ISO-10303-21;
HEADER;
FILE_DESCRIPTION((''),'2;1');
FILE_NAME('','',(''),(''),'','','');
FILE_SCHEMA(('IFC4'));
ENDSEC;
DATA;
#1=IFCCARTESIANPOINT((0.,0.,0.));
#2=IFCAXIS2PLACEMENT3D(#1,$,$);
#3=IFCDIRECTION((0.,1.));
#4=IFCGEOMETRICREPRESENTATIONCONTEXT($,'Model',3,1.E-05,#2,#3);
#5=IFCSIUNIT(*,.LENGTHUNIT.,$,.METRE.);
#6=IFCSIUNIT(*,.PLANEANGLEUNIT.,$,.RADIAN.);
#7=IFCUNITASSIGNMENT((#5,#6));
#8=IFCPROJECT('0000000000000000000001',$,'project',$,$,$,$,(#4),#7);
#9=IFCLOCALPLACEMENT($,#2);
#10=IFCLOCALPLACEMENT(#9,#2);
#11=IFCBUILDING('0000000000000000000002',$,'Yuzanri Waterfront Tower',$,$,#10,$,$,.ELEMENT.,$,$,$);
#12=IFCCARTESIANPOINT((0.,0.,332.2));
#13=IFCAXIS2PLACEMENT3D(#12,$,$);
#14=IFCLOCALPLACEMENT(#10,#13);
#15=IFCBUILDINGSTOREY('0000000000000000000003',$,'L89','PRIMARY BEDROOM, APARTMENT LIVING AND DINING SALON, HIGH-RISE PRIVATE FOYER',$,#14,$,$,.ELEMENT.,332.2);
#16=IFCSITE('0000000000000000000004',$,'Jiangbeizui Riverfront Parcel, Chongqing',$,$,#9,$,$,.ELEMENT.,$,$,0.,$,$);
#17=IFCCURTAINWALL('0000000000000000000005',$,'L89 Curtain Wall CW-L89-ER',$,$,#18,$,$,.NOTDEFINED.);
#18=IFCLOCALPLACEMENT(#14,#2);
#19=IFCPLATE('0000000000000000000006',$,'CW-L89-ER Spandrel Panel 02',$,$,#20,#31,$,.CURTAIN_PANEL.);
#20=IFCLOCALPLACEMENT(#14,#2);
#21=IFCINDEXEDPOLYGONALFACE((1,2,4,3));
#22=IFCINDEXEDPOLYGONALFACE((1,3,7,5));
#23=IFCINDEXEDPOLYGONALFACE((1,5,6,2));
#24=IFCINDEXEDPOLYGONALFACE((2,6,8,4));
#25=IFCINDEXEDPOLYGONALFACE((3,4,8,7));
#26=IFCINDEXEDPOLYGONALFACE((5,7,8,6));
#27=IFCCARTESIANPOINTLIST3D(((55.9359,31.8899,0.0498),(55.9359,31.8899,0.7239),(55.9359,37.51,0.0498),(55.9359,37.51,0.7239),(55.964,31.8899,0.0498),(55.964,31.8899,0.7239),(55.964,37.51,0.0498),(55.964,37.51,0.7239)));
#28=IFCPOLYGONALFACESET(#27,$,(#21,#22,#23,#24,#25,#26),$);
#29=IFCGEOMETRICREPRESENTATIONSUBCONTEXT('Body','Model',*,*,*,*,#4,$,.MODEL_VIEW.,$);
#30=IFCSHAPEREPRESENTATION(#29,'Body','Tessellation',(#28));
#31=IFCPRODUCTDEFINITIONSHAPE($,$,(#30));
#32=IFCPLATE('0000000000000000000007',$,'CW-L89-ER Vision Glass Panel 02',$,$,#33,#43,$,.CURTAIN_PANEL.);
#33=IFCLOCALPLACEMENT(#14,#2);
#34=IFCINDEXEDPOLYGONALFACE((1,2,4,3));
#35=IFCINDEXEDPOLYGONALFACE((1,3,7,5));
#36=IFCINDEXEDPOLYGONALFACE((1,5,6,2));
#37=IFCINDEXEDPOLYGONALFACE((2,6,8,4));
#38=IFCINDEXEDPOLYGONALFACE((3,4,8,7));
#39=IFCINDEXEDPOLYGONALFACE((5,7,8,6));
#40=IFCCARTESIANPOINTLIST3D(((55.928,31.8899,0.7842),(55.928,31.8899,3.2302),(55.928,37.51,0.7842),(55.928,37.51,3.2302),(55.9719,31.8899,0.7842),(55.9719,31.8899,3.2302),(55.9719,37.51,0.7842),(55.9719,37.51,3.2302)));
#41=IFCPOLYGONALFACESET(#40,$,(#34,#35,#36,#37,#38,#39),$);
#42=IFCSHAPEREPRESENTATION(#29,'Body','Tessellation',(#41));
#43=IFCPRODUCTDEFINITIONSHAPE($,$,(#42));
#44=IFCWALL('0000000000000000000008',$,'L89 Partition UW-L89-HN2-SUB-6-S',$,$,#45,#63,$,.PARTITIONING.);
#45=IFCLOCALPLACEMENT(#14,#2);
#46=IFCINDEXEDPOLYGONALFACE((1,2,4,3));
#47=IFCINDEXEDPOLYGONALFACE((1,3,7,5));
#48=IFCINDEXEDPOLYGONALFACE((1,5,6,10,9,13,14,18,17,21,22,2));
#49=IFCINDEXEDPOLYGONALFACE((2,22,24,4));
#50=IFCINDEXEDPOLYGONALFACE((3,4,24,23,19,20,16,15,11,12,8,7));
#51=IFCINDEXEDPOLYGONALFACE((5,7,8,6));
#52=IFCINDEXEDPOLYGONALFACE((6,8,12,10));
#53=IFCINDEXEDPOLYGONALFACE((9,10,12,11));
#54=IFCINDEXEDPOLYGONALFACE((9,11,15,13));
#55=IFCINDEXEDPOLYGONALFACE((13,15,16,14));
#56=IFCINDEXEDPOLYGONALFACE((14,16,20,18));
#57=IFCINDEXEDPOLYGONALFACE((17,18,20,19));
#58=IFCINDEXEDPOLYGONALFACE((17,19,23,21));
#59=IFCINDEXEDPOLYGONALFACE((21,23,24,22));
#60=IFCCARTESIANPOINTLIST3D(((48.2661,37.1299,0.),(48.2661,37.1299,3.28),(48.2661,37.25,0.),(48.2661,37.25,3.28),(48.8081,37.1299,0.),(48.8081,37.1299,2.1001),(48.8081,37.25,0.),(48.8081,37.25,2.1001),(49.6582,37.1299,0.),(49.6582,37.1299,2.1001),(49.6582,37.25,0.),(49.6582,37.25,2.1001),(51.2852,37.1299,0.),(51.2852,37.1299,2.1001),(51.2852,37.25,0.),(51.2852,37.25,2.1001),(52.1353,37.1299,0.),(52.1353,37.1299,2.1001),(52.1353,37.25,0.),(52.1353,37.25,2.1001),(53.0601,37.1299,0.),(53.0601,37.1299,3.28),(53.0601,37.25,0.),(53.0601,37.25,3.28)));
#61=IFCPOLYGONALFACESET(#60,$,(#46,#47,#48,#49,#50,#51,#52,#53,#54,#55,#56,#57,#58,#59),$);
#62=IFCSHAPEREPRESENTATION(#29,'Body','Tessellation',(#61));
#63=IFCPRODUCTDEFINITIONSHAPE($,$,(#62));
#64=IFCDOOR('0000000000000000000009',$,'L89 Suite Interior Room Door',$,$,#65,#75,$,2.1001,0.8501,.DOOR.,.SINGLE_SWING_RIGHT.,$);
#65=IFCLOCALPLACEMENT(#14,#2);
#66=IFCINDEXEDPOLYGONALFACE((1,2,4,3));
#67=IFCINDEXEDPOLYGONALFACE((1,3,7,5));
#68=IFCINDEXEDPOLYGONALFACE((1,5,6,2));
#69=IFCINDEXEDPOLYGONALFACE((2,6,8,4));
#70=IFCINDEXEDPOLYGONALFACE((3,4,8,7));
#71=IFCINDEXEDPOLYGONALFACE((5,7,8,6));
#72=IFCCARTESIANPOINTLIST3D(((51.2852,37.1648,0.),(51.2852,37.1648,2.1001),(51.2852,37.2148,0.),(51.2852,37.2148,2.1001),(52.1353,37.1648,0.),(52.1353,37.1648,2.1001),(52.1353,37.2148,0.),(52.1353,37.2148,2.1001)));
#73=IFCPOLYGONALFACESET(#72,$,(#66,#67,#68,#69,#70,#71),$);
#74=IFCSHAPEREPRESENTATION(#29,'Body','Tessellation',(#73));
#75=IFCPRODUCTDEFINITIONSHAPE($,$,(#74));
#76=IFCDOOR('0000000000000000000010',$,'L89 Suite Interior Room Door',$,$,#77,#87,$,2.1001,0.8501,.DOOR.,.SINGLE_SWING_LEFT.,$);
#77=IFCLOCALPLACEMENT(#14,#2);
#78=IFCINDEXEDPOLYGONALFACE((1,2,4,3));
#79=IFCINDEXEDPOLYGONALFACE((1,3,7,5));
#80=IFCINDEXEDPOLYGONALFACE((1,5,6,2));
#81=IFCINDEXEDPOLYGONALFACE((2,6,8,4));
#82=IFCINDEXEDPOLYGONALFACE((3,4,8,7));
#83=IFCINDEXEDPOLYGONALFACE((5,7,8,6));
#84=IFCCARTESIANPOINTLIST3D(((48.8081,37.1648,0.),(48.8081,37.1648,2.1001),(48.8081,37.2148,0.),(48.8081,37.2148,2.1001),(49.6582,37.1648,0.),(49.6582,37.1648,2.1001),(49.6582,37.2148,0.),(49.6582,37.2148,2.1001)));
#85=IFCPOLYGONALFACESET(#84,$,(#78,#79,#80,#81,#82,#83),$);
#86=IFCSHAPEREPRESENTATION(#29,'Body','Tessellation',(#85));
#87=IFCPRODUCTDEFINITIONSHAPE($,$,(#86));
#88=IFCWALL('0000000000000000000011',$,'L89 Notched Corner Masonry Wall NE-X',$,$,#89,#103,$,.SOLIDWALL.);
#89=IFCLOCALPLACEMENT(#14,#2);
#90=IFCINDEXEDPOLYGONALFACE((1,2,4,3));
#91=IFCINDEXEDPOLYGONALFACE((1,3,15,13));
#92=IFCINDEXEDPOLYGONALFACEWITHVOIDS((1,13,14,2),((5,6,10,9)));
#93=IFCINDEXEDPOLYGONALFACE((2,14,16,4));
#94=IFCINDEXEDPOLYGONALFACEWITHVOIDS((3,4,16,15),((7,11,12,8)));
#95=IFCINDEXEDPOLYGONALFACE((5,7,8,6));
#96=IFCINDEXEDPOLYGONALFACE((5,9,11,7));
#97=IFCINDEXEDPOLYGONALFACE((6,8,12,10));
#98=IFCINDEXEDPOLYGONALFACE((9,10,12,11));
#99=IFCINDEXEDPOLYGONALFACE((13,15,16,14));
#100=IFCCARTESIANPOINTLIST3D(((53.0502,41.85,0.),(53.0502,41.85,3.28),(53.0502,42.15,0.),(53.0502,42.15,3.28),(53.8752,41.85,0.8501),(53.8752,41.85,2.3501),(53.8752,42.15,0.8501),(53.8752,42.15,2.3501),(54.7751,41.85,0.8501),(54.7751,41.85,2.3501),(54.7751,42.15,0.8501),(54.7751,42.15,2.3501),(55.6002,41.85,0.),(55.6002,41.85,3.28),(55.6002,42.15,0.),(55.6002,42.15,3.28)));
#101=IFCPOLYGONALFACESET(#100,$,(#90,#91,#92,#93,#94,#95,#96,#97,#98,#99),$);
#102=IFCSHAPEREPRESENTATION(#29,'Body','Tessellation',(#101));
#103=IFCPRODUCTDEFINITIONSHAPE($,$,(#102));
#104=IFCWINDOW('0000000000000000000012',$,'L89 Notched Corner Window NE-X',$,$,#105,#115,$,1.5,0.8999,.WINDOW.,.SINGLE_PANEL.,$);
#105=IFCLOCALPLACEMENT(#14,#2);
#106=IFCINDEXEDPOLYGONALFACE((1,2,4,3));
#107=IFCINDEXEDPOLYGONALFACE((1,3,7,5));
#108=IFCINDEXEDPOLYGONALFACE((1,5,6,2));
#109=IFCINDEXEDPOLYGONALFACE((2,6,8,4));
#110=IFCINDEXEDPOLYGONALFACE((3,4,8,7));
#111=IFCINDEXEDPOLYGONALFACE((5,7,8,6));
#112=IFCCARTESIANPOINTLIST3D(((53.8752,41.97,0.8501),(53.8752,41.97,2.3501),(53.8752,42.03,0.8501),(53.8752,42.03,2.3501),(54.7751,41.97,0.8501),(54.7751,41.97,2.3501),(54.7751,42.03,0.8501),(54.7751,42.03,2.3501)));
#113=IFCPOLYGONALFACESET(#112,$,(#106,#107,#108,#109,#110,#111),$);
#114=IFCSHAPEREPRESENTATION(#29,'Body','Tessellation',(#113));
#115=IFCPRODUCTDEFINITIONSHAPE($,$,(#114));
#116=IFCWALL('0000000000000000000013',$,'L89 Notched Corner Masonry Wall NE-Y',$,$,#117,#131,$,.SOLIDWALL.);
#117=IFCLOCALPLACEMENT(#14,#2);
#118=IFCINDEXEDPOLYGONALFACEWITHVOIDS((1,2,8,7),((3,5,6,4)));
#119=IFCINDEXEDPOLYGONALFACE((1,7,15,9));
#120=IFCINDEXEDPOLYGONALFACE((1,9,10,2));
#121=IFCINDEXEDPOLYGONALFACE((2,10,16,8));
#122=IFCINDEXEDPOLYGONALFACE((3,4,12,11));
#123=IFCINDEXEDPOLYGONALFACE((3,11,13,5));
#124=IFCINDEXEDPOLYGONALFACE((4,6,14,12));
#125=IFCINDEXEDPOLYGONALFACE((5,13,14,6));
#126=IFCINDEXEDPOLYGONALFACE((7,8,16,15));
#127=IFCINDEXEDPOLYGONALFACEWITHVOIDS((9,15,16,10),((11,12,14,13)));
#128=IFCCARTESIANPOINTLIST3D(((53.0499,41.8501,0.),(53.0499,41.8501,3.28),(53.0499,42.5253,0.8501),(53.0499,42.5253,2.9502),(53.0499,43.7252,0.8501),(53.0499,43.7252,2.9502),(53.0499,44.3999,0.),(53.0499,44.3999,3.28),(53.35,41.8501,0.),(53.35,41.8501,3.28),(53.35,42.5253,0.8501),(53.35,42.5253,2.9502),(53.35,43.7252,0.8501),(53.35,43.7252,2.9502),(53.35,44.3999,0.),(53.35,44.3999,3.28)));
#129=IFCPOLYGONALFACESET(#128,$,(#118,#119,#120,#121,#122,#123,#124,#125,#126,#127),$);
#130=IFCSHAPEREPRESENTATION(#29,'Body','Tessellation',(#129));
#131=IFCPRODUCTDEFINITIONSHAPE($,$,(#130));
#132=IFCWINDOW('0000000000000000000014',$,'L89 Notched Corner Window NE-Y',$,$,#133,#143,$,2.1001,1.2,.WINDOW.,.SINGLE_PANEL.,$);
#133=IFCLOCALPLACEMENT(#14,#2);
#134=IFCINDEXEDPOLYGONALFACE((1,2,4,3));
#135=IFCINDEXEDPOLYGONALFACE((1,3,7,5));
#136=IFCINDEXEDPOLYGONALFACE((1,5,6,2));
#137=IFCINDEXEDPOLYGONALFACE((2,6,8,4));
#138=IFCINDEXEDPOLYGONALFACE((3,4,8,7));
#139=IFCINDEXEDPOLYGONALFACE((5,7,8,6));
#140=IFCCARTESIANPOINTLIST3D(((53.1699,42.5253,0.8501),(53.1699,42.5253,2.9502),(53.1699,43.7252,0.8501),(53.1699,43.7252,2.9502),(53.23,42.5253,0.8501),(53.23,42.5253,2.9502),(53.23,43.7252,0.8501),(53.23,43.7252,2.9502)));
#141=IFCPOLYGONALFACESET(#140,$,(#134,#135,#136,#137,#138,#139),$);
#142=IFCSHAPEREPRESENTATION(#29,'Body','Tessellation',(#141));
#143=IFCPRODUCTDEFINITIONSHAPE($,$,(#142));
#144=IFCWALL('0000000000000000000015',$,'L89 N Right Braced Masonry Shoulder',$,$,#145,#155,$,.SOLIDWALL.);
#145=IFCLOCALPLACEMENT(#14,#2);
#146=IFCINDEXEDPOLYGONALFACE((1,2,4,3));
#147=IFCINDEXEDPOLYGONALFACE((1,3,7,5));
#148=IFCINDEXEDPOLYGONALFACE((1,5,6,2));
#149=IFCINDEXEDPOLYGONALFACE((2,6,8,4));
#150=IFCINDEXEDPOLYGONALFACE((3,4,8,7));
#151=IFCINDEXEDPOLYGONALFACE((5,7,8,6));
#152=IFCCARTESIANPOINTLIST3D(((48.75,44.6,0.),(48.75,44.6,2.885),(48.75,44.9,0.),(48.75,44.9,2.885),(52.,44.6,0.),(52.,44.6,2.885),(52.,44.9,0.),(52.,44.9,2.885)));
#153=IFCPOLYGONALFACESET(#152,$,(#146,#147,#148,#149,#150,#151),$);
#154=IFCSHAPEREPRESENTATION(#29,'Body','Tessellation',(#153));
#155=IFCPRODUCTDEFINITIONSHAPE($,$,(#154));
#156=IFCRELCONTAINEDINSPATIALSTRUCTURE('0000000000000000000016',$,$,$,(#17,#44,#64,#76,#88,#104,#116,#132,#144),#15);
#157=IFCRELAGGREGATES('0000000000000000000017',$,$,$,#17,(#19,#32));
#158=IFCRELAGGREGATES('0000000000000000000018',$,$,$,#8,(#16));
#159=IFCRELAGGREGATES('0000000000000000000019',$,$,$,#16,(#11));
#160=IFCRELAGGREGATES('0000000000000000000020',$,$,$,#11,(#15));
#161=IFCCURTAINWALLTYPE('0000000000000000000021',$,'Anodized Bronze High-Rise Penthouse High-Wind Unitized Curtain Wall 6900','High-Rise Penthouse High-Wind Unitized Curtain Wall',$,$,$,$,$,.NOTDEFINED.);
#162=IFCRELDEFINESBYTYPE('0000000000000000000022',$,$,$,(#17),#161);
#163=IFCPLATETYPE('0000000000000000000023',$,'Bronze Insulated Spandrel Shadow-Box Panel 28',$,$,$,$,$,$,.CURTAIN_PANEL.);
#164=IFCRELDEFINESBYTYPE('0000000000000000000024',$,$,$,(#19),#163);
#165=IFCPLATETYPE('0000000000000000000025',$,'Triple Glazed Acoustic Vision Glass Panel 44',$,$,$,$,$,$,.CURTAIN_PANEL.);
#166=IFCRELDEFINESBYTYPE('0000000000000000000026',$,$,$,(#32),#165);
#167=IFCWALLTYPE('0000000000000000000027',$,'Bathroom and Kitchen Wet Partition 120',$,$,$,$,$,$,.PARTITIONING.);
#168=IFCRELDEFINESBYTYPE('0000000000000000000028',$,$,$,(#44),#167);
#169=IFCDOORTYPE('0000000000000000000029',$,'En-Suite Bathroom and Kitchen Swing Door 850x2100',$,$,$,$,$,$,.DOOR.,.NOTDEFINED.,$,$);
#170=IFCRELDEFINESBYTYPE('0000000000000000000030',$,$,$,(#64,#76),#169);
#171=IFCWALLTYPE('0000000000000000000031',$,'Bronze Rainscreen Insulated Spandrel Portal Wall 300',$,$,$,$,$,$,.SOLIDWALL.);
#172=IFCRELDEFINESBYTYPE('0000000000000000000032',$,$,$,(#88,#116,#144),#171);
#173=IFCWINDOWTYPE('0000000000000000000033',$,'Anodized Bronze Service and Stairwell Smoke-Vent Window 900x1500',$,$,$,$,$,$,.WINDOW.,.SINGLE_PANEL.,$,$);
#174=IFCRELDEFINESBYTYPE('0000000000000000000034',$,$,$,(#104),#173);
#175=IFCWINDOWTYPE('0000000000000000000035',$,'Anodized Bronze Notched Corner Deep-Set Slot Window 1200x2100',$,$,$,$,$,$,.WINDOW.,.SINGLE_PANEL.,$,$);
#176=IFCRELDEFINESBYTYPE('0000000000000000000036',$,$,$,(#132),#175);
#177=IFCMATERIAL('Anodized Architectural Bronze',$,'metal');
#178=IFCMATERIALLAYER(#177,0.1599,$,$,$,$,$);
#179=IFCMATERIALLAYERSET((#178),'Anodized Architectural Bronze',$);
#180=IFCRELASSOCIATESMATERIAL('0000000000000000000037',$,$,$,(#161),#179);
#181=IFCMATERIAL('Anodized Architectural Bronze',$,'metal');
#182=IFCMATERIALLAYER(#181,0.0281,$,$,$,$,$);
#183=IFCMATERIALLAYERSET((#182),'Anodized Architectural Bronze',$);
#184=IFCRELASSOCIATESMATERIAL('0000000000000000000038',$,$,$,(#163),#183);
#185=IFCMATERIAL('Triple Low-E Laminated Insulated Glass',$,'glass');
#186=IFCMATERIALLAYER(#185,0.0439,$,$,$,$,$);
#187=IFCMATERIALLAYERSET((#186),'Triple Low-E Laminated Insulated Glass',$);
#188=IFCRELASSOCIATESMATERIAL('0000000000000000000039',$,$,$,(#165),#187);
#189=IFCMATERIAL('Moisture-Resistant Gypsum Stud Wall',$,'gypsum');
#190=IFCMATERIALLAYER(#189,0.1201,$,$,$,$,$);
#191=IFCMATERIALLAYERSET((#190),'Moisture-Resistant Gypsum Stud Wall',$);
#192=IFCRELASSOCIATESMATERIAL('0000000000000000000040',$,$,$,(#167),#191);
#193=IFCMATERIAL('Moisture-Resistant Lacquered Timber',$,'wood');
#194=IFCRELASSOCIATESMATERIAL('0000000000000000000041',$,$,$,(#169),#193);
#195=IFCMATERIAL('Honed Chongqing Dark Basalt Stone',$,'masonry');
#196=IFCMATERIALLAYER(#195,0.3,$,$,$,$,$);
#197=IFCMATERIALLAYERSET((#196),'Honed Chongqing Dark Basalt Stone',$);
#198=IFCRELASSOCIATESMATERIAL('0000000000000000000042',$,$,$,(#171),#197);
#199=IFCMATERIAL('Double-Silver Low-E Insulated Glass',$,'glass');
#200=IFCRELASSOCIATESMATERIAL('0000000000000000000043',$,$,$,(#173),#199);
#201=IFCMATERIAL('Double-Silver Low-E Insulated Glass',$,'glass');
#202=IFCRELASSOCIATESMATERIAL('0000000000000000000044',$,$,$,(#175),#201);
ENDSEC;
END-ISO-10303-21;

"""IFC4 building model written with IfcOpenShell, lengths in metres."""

from ifc_helpers import new_model, si_unit, direction, frame, frame_2d, origin, origin_2d, place, context, subcontext, project, spatial, rectangle, extrude, source, transform, mapped, material, layer, layer_set, type_object, element, fill, aggregate, save


model = new_model("IFC4")

# Units and contexts
model_context = context("Model", 3, precision=1e-05, world=origin(), true_north=direction((0.0, 1.0)))
body_context = subcontext(model_context, "Body", "Model", "MODEL_VIEW")
ifc_project = project(units=[si_unit("LENGTHUNIT", "METRE"), si_unit("PLANEANGLEUNIT", "RADIAN")], contexts=[model_context])

# Site, building, storey
site_placement = place(None, origin())
site = spatial("IfcSite", under=ifc_project, at=site_placement, Name="Jiangbeizui Riverfront Parcel, Chongqing", CompositionType="ELEMENT", RefElevation=0.0)
building_placement = place(site_placement, origin())
building = spatial("IfcBuilding", under=site, at=building_placement, Name="Yuzanri Waterfront Tower", CompositionType="ELEMENT")
storey_placement = place(building_placement, frame((0.0, 0.0, 332.2)))
storey = spatial("IfcBuildingStorey", under=building, at=storey_placement, Name="L89", Description="PRIMARY BEDROOM, APARTMENT LIVING AND DINING SALON, HIGH-RISE PRIVATE FOYER", CompositionType="ELEMENT", Elevation=332.2)

# Curtain wall
ifc_material_1 = material(Name="Anodized Architectural Bronze", Category="metal")
ifc_layer_1 = layer(ifc_material_1, 0.1599)
ifc_layer_set_1 = layer_set([ifc_layer_1], Name="Anodized Architectural Bronze")
curtain_wall_type = type_object("IfcCurtainWallType", Name="Anodized Bronze High-Rise Penthouse High-Wind Unitized Curtain Wall 6900", Description="High-Rise Penthouse High-Wind Unitized Curtain Wall", PredefinedType="NOTDEFINED", material=ifc_layer_set_1)
curtain_wall_1_placement = place(storey_placement, origin())
curtain_wall_1 = element("IfcCurtainWall", 1, at=curtain_wall_1_placement, inside=storey, type_object=curtain_wall_type, Name="L89 Curtain Wall CW-L89-ER", PredefinedType="NOTDEFINED")

# Plates
ifc_material_2 = material(Name="Anodized Architectural Bronze", Category="metal")
ifc_layer_2 = layer(ifc_material_2, 0.0281)
ifc_layer_set_2 = layer_set([ifc_layer_2], Name="Anodized Architectural Bronze")
plate_type_1 = type_object("IfcPlateType", Name="Bronze Insulated Spandrel Shadow-Box Panel 28", PredefinedType="CURTAIN_PANEL", material=ifc_layer_set_2)
shared_shape_1 = source(origin(), body_context, "Body", "SweptSolid", [
    extrude(rectangle(XDim=5.6201, YDim=0.0281, at=origin_2d()), origin(), (0.0, 0.0, 1.0), 0.6741),
])
plate_1_placement = place(storey_placement, frame((55.95, 34.7, 0.0498), z_axis=(0.0, 0.0, 1.0), x_axis=(0.0, 1.0, 0.0)))
plate_1 = element("IfcPlate", 2, at=plate_1_placement, type_object=plate_type_1, Name="CW-L89-ER Spandrel Panel 02", PredefinedType="CURTAIN_PANEL", context=body_context, shape_type="MappedRepresentation", body=[
    mapped(shared_shape_1, transform((0.0, 0.0, 0.0), scale=1.0)),
])
ifc_material_3 = material(Name="Triple Low-E Laminated Insulated Glass", Category="glass")
ifc_layer_3 = layer(ifc_material_3, 0.0439)
ifc_layer_set_3 = layer_set([ifc_layer_3], Name="Triple Low-E Laminated Insulated Glass")
plate_type_2 = type_object("IfcPlateType", Name="Triple Glazed Acoustic Vision Glass Panel 44", PredefinedType="CURTAIN_PANEL", material=ifc_layer_set_3)
shared_shape_2 = source(origin(), body_context, "Body", "SweptSolid", [
    extrude(rectangle(XDim=5.6201, YDim=0.0439, at=origin_2d()), origin(), (0.0, 0.0, 1.0), 2.446),
])
plate_2_placement = place(storey_placement, frame((55.95, 34.7, 0.7842), z_axis=(0.0, 0.0, 1.0), x_axis=(0.0, 1.0, 0.0)))
plate_2 = element("IfcPlate", 3, at=plate_2_placement, type_object=plate_type_2, Name="CW-L89-ER Vision Glass Panel 02", PredefinedType="CURTAIN_PANEL", context=body_context, shape_type="MappedRepresentation", body=[
    mapped(shared_shape_2, transform((0.0, 0.0, 0.0), scale=1.0)),
])
aggregate(curtain_wall_1, [plate_1, plate_2])

# Wall, openings, doors
ifc_material_4 = material(Name="Moisture-Resistant Gypsum Stud Wall", Category="gypsum")
ifc_layer_4 = layer(ifc_material_4, 0.1201)
ifc_layer_set_4 = layer_set([ifc_layer_4], Name="Moisture-Resistant Gypsum Stud Wall")
wall_type_1 = type_object("IfcWallType", Name="Bathroom and Kitchen Wet Partition 120", PredefinedType="PARTITIONING", material=ifc_layer_set_4)
wall_1_placement = place(storey_placement, frame((48.2661, 37.1899, 0.0), z_axis=(0.0, 0.0, 1.0), x_axis=(1.0, 0.0, 0.0)))
wall_1 = element("IfcWall", 4, at=wall_1_placement, inside=storey, type_object=wall_type_1, Name="L89 Partition UW-L89-HN2-SUB-6-S", PredefinedType="PARTITIONING", context=body_context, shape_type="SweptSolid", body=[
    extrude(rectangle(XDim=4.7939, YDim=0.1201, at=frame_2d((2.397, 0.0))), origin(), (0.0, 0.0, 1.0), 3.28),
])
opening_1_placement = place(wall_1_placement, frame((3.019, 0.0, 0.0)))
opening_1 = element("IfcOpeningElement", 5, at=opening_1_placement, cuts=wall_1, PredefinedType="OPENING", context=body_context, shape_type="SweptSolid", body=[
    extrude(rectangle(XDim=0.8501, YDim=2.1001, at=frame_2d((0.425, 1.05))), frame((0.0, 0.075, 0.0), z_axis=(0.0, -1.0, 0.0), x_axis=(1.0, 0.0, 0.0)), (0.0, 0.0, 1.0), 0.1499),
])
opening_2_placement = place(wall_1_placement, frame((0.542, 0.0, 0.0)))
opening_2 = element("IfcOpeningElement", 6, at=opening_2_placement, cuts=wall_1, PredefinedType="OPENING", context=body_context, shape_type="SweptSolid", body=[
    extrude(rectangle(XDim=0.8501, YDim=2.1001, at=frame_2d((0.425, 1.05))), frame((0.0, 0.075, 0.0), z_axis=(0.0, -1.0, 0.0), x_axis=(1.0, 0.0, 0.0)), (0.0, 0.0, 1.0), 0.1499),
])
ifc_material_5 = material(Name="Moisture-Resistant Lacquered Timber", Category="wood")
door_type = type_object("IfcDoorType", Name="En-Suite Bathroom and Kitchen Swing Door 850x2100", OperationType="NOTDEFINED", PredefinedType="DOOR", material=ifc_material_5)
shared_shape_3 = source(origin(), body_context, "Body", "SweptSolid", [
    extrude(rectangle(XDim=0.8501, YDim=2.1001, at=frame_2d((0.425, 1.05))), frame((0.0, 0.0249, 0.0), z_axis=(0.0, -1.0, 0.0), x_axis=(1.0, 0.0, 0.0)), (0.0, 0.0, 1.0), 0.05),
])
door_1_placement = place(opening_1_placement, origin())
door_1 = element("IfcDoor", 7, at=door_1_placement, inside=storey, type_object=door_type, Name="L89 Suite Interior Room Door", OperationType="SINGLE_SWING_RIGHT", OverallHeight=2.1001, OverallWidth=0.8501, PredefinedType="DOOR", context=body_context, shape_type="MappedRepresentation", body=[
    mapped(shared_shape_3, transform((0.0, 0.0, 0.0), scale=1.0)),
])
fill(opening_1, door_1)
door_2_placement = place(opening_2_placement, origin())
door_2 = element("IfcDoor", 8, at=door_2_placement, inside=storey, type_object=door_type, Name="L89 Suite Interior Room Door", OperationType="SINGLE_SWING_LEFT", OverallHeight=2.1001, OverallWidth=0.8501, PredefinedType="DOOR", context=body_context, shape_type="MappedRepresentation", body=[
    mapped(shared_shape_3, transform((0.0, 0.0, 0.0), scale=1.0)),
])
fill(opening_2, door_2)

# Walls, openings, windows
ifc_material_6 = material(Name="Honed Chongqing Dark Basalt Stone", Category="masonry")
ifc_layer_5 = layer(ifc_material_6, 0.3)
ifc_layer_set_5 = layer_set([ifc_layer_5], Name="Honed Chongqing Dark Basalt Stone")
wall_type_2 = type_object("IfcWallType", Name="Bronze Rainscreen Insulated Spandrel Portal Wall 300", PredefinedType="SOLIDWALL", material=ifc_layer_set_5)
wall_2_placement = place(storey_placement, frame((55.6001, 42.0, 0.0), z_axis=(0.0, 0.0, 1.0), x_axis=(-1.0, 0.0, 0.0)))
wall_2 = element("IfcWall", 9, at=wall_2_placement, inside=storey, type_object=wall_type_2, Name="L89 Notched Corner Masonry Wall NE-X", PredefinedType="SOLIDWALL", context=body_context, shape_type="SweptSolid", body=[
    extrude(rectangle(XDim=2.55, YDim=0.3, at=frame_2d((1.2749, 0.0))), origin(), (0.0, 0.0, 1.0), 3.28),
])
opening_3_placement = place(wall_2_placement, frame((0.825, 0.0, 0.8501)))
opening_3 = element("IfcOpeningElement", 10, at=opening_3_placement, cuts=wall_2, PredefinedType="OPENING", context=body_context, shape_type="SweptSolid", body=[
    extrude(rectangle(XDim=0.8999, YDim=1.5, at=frame_2d((0.45, 0.75))), frame((0.0, 0.165, 0.0), z_axis=(0.0, -1.0, 0.0), x_axis=(1.0, 0.0, 0.0)), (0.0, 0.0, 1.0), 0.3298),
])
ifc_material_7 = material(Name="Double-Silver Low-E Insulated Glass", Category="glass")
window_type_1 = type_object("IfcWindowType", Name="Anodized Bronze Service and Stairwell Smoke-Vent Window 900x1500", PartitioningType="SINGLE_PANEL", PredefinedType="WINDOW", material=ifc_material_7)
shared_shape_4 = source(origin(), body_context, "Body", "SweptSolid", [
    extrude(rectangle(XDim=0.8999, YDim=1.5, at=frame_2d((0.45, 0.75))), frame((0.0, 0.03, 0.0), z_axis=(0.0, -1.0, 0.0), x_axis=(1.0, 0.0, 0.0)), (0.0, 0.0, 1.0), 0.0601),
])
window_1_placement = place(opening_3_placement, origin())
window_1 = element("IfcWindow", 11, at=window_1_placement, inside=storey, type_object=window_type_1, Name="L89 Notched Corner Window NE-X", OverallHeight=1.5, OverallWidth=0.8999, PartitioningType="SINGLE_PANEL", PredefinedType="WINDOW", context=body_context, shape_type="MappedRepresentation", body=[
    mapped(shared_shape_4, transform((0.0, 0.0, 0.0), scale=1.0)),
])
fill(opening_3, window_1)
wall_3_placement = place(storey_placement, frame((53.2, 41.8501, 0.0), z_axis=(0.0, 0.0, 1.0), x_axis=(0.0, 1.0, 0.0)))
wall_3 = element("IfcWall", 12, at=wall_3_placement, inside=storey, type_object=wall_type_2, Name="L89 Notched Corner Masonry Wall NE-Y", PredefinedType="SOLIDWALL", context=body_context, shape_type="SweptSolid", body=[
    extrude(rectangle(XDim=2.5498, YDim=0.3, at=frame_2d((1.2749, 0.0))), origin(), (0.0, 0.0, 1.0), 3.28),
])
opening_4_placement = place(wall_3_placement, frame((0.675, 0.0, 0.8501)))
opening_4 = element("IfcOpeningElement", 13, at=opening_4_placement, cuts=wall_3, PredefinedType="OPENING", context=body_context, shape_type="SweptSolid", body=[
    extrude(rectangle(XDim=1.2, YDim=2.1001, at=frame_2d((0.6001, 1.05))), frame((0.0, 0.165, 0.0), z_axis=(0.0, -1.0, 0.0), x_axis=(1.0, 0.0, 0.0)), (0.0, 0.0, 1.0), 0.3298),
])
ifc_material_8 = material(Name="Double-Silver Low-E Insulated Glass", Category="glass")
window_type_2 = type_object("IfcWindowType", Name="Anodized Bronze Notched Corner Deep-Set Slot Window 1200x2100", PartitioningType="SINGLE_PANEL", PredefinedType="WINDOW", material=ifc_material_8)
shared_shape_5 = source(origin(), body_context, "Body", "SweptSolid", [
    extrude(rectangle(XDim=1.2, YDim=2.1001, at=frame_2d((0.6001, 1.05))), frame((0.0, 0.03, 0.0), z_axis=(0.0, -1.0, 0.0), x_axis=(1.0, 0.0, 0.0)), (0.0, 0.0, 1.0), 0.0601),
])
window_2_placement = place(opening_4_placement, origin())
window_2 = element("IfcWindow", 14, at=window_2_placement, inside=storey, type_object=window_type_2, Name="L89 Notched Corner Window NE-Y", OverallHeight=2.1001, OverallWidth=1.2, PartitioningType="SINGLE_PANEL", PredefinedType="WINDOW", context=body_context, shape_type="MappedRepresentation", body=[
    mapped(shared_shape_5, transform((0.0, 0.0, 0.0), scale=1.0)),
])
fill(opening_4, window_2)

# Wall
shared_shape_6 = source(origin(), body_context, "Body", "SweptSolid", [
    extrude(rectangle(XDim=3.25, YDim=0.3, at=frame_2d((1.625, 0.0))), origin(), (0.0, 0.0, 1.0), 2.885),
])
for number, where, z_axis, x_axis, name in (
    (15, (48.75, 44.75, 0.0), (0.0, 0.0, 1.0), (1.0, 0.0, 0.0), "L89 N Right Braced Masonry Shoulder"),
):
    element("IfcWall", number, at=place(storey_placement, frame(where, z_axis=z_axis, x_axis=x_axis)), inside=storey, type_object=wall_type_2, Name=name, PredefinedType="SOLIDWALL", context=body_context, shape_type="MappedRepresentation", body=[
        mapped(shared_shape_6, transform((0.0, 0.0, 0.0), scale=1.0)),
    ])

save(model, "model.ifc")
